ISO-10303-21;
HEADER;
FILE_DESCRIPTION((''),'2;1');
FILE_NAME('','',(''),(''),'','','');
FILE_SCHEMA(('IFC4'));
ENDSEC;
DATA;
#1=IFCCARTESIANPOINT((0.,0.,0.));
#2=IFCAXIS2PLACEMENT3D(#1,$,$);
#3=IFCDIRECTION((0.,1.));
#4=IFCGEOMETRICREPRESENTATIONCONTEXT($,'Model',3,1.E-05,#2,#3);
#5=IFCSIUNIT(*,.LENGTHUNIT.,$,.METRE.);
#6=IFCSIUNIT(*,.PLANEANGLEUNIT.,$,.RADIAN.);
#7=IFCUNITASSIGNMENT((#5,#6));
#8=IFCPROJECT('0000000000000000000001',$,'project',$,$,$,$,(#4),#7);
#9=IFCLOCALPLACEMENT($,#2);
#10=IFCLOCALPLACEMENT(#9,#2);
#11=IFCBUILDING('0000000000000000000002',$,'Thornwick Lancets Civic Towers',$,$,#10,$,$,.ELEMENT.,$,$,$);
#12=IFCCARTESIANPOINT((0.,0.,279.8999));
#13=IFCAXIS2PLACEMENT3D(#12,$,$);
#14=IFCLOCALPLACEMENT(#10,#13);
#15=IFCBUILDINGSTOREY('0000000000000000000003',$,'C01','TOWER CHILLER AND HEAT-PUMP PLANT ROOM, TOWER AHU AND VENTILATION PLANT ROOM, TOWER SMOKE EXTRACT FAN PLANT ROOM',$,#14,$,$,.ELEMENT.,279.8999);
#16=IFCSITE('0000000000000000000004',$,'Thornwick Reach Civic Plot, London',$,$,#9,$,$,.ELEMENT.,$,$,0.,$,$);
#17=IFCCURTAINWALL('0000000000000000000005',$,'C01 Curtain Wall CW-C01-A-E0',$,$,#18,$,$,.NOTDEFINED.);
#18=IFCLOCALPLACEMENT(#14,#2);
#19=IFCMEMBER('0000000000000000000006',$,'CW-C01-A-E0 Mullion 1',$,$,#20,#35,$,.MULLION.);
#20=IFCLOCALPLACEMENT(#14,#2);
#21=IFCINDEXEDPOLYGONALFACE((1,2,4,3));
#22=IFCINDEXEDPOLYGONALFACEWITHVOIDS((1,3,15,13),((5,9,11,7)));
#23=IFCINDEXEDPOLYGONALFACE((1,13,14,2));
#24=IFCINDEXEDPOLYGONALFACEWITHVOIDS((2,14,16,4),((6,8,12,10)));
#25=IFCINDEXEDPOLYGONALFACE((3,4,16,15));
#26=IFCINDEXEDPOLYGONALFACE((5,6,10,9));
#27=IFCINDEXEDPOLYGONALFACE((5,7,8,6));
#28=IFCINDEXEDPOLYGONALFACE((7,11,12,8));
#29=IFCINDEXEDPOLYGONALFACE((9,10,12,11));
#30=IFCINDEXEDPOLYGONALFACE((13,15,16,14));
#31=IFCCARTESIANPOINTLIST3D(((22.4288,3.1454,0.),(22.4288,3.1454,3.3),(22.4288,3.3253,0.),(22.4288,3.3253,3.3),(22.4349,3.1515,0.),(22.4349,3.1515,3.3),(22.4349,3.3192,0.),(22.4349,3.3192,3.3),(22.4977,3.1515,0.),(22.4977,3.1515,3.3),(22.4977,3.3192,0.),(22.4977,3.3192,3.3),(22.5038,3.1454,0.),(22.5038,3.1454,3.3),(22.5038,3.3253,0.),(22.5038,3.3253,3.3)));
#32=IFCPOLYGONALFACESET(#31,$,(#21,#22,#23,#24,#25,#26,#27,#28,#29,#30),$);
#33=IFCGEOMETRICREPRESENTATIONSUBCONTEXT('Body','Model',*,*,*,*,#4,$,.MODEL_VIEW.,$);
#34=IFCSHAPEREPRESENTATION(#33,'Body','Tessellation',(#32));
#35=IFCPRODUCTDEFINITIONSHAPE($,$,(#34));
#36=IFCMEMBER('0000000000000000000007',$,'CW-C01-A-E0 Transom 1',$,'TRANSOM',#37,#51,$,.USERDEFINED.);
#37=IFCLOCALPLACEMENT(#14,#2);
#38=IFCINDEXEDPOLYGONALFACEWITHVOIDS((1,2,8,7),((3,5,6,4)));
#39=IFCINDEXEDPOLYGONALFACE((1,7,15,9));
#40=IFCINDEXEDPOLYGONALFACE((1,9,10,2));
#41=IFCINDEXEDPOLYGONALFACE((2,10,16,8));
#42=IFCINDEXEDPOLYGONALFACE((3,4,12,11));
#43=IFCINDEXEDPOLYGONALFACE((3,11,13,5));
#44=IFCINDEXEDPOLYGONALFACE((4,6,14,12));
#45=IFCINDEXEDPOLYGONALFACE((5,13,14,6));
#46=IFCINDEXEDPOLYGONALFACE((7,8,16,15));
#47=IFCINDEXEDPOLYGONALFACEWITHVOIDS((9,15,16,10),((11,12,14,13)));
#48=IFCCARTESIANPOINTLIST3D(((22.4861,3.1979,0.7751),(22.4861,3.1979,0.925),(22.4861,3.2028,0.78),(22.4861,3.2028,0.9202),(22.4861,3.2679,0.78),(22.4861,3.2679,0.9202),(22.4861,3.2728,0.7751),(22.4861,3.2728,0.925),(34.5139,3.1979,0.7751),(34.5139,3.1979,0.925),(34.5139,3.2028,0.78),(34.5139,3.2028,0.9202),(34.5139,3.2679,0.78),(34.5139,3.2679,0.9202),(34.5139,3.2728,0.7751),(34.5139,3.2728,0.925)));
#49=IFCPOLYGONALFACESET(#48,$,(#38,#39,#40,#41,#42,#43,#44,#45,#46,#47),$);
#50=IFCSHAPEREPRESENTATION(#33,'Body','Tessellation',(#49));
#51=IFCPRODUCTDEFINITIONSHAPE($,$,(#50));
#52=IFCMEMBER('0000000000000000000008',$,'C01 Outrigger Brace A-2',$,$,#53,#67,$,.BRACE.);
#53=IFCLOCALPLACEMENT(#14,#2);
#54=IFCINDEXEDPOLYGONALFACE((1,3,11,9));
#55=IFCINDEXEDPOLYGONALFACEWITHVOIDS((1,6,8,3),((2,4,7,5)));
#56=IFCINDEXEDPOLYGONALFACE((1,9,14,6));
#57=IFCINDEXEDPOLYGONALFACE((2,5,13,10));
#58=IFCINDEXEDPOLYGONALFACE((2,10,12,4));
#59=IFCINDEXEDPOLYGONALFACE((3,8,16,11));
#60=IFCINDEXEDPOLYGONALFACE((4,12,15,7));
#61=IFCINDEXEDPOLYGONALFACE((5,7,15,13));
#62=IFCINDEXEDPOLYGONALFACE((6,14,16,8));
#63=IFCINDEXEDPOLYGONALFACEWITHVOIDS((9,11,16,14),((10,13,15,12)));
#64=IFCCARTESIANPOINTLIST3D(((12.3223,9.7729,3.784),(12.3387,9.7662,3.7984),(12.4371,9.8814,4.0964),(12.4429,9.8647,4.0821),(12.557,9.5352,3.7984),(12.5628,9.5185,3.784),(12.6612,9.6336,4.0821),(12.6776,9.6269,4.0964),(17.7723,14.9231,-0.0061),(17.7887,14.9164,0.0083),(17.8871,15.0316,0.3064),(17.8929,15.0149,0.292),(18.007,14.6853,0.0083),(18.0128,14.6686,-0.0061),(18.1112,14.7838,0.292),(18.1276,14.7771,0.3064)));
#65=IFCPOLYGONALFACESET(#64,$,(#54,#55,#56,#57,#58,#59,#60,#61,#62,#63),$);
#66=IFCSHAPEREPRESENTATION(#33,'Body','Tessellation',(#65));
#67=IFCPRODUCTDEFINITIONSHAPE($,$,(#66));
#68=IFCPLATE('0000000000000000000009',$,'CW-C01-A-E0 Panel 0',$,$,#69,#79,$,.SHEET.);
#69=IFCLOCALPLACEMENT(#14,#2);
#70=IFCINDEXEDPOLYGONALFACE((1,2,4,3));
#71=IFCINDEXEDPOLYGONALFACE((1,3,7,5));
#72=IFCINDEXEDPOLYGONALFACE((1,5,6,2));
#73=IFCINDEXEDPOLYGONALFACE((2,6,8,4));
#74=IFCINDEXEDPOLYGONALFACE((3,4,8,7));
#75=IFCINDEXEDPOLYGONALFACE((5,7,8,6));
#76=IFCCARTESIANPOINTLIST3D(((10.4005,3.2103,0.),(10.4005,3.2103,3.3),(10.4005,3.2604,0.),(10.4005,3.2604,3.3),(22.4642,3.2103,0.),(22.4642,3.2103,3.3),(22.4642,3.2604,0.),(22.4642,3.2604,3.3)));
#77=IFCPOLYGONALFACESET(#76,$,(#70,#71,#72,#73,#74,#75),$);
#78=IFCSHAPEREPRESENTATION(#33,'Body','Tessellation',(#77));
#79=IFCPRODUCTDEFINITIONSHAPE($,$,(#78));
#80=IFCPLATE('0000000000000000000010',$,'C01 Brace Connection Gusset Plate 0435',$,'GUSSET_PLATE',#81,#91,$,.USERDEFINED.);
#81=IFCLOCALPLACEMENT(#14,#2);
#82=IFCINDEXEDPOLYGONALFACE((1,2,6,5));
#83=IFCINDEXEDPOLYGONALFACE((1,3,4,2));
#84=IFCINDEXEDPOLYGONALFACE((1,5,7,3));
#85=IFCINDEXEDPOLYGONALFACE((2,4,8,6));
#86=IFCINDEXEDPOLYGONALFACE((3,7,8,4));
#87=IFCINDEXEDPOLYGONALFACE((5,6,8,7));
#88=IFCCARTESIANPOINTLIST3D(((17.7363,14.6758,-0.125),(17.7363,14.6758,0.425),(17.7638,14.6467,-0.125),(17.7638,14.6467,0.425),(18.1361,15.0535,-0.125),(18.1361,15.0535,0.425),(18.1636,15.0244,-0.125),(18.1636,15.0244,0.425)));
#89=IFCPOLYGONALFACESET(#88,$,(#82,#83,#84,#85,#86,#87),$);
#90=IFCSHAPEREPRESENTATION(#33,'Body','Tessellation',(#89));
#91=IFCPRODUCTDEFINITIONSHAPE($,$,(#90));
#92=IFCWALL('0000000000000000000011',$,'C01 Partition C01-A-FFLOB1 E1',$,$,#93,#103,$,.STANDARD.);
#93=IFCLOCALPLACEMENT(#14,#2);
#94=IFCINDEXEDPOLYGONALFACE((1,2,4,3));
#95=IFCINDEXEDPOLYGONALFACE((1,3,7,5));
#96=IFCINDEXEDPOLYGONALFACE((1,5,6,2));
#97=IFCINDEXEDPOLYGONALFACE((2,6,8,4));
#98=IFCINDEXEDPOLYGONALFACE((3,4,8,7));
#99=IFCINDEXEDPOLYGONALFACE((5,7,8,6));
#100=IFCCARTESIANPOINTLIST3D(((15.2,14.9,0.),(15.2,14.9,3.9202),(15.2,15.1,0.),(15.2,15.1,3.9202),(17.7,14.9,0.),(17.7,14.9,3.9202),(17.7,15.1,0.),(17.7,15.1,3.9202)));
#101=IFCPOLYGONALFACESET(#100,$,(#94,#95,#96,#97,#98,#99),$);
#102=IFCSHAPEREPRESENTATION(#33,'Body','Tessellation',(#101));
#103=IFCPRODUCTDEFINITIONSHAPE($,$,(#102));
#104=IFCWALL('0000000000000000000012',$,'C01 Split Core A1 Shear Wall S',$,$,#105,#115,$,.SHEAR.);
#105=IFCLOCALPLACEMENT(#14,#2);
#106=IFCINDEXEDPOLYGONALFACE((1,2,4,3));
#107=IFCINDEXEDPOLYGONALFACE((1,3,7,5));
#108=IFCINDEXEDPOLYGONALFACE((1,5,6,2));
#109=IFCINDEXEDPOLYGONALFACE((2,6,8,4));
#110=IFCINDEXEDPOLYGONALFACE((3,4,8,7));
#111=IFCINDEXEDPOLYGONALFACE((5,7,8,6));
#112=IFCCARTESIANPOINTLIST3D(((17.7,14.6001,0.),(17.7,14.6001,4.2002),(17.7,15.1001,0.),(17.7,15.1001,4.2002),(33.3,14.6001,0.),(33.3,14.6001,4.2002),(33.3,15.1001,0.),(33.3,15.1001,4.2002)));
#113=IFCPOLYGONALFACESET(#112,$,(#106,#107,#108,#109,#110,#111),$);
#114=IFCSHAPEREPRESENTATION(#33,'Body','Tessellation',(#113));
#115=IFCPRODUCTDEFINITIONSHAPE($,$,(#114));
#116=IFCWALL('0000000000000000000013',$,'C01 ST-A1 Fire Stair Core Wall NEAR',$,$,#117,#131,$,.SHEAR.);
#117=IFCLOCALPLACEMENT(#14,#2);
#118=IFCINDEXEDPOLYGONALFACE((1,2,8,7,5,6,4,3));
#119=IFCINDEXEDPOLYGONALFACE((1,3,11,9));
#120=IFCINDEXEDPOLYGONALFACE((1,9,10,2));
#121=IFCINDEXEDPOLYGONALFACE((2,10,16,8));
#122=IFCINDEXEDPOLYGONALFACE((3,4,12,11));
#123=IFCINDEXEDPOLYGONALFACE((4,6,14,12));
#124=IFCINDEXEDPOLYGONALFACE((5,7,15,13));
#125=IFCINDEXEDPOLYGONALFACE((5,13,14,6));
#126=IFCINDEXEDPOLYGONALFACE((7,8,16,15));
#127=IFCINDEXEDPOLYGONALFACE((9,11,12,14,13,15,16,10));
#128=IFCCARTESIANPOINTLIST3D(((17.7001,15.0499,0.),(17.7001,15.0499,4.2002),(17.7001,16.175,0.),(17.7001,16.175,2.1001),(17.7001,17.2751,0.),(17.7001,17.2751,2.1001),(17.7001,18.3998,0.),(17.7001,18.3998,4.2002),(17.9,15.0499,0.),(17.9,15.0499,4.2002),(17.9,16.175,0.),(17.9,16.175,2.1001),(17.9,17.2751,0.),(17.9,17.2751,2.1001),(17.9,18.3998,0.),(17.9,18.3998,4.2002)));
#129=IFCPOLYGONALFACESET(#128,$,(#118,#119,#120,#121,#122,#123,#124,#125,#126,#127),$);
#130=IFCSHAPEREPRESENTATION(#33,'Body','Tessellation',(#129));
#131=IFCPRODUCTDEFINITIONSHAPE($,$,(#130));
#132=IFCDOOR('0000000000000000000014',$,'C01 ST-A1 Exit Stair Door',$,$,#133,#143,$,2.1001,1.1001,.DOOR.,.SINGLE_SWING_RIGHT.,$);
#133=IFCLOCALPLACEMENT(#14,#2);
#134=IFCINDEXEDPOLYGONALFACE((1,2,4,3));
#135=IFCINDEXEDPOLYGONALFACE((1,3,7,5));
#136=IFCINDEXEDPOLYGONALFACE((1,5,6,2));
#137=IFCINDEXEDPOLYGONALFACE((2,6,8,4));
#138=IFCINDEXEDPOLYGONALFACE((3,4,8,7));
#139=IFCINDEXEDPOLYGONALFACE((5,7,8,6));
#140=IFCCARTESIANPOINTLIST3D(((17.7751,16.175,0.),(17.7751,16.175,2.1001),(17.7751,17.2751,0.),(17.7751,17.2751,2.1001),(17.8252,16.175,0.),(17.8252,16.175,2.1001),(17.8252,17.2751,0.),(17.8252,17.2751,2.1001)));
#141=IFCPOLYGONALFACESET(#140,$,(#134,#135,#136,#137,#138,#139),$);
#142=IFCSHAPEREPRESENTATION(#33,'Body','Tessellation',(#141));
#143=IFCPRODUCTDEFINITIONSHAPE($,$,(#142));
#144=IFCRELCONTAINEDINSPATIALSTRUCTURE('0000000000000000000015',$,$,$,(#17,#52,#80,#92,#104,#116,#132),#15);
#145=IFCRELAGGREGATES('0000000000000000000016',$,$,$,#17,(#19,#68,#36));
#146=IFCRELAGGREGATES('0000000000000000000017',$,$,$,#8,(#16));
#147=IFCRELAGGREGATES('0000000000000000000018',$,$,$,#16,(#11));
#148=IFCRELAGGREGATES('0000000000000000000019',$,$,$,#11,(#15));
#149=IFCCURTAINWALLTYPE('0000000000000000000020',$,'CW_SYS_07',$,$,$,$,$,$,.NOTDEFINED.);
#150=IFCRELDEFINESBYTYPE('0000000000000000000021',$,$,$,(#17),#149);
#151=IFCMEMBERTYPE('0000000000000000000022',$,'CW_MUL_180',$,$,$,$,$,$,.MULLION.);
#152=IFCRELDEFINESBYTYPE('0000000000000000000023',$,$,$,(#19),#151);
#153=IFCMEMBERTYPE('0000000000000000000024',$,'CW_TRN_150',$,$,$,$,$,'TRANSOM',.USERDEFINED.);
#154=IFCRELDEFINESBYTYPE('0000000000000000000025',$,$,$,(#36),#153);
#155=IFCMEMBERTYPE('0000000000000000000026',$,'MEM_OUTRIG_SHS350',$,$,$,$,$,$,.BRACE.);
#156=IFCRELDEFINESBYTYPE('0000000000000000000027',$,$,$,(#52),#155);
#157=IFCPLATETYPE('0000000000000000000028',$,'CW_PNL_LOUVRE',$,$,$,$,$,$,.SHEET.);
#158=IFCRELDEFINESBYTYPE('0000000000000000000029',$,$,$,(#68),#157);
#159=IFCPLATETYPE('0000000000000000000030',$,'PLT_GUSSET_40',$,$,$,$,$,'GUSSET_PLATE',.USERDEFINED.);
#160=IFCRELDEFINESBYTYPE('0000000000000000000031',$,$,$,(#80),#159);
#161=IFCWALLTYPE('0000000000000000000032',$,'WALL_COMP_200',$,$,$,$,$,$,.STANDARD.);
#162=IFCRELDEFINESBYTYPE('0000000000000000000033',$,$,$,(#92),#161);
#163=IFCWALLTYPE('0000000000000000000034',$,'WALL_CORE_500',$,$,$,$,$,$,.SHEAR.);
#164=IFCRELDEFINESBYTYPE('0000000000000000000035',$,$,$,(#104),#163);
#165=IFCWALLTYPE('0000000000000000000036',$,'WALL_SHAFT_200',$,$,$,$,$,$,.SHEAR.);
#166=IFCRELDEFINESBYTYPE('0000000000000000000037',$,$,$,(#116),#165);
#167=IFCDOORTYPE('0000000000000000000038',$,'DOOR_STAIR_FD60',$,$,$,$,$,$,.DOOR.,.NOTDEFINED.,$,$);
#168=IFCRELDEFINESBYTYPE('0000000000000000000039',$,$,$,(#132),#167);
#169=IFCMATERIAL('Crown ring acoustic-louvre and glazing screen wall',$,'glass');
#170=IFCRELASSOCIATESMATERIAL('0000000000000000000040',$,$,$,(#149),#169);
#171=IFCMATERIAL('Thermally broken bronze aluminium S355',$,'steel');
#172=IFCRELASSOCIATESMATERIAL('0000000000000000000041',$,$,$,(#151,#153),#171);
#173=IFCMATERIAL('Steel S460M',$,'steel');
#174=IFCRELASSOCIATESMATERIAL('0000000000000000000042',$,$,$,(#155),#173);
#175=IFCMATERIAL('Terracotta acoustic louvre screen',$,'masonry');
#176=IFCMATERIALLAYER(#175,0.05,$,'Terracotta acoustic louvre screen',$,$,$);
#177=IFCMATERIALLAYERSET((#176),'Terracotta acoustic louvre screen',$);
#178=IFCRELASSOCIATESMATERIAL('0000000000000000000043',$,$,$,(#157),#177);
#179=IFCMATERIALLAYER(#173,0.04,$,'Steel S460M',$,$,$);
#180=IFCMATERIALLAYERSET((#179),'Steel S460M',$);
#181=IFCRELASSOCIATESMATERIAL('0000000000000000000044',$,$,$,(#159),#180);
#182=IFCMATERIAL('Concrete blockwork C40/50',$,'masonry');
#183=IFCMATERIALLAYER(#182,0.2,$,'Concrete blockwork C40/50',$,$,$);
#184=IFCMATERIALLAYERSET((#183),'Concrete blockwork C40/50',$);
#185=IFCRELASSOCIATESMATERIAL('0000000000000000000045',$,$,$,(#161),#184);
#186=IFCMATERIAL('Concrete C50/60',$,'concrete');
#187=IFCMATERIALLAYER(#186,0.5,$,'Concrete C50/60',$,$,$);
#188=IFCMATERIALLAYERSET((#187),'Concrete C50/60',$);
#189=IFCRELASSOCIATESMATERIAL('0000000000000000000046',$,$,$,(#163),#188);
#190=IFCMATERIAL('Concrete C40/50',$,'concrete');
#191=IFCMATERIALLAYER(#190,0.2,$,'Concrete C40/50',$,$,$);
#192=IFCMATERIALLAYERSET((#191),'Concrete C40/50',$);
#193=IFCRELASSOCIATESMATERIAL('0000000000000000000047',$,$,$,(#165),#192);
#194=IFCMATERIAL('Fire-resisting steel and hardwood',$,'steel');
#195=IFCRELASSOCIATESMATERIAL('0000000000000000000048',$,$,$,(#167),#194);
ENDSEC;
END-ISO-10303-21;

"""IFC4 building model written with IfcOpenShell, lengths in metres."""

from ifc_helpers import new_model, si_unit, direction, frame, frame_2d, origin, origin_2d, place, context, subcontext, project, spatial, rectangle, hollow_rectangle, extrude, material, layer, layer_set, material_profile, profile_set, type_object, element, fill, aggregate, save


model = new_model("IFC4")

# Units and contexts
model_context = context("Model", 3, precision=1e-05, world=origin(), true_north=direction((0.0, 1.0)))
body_context = subcontext(model_context, "Body", "Model", "MODEL_VIEW")
ifc_project = project(units=[si_unit("LENGTHUNIT", "METRE"), si_unit("PLANEANGLEUNIT", "RADIAN")], contexts=[model_context])

# Site, building, storey
site_placement = place(None, origin())
site = spatial("IfcSite", under=ifc_project, at=site_placement, Name="Thornwick Reach Civic Plot, London", CompositionType="ELEMENT", RefElevation=0.0)
building_placement = place(site_placement, origin())
building = spatial("IfcBuilding", under=site, at=building_placement, Name="Thornwick Lancets Civic Towers", CompositionType="ELEMENT")
storey_placement = place(building_placement, frame((0.0, 0.0, 279.8999)))
storey = spatial("IfcBuildingStorey", under=building, at=storey_placement, Name="C01", Description="TOWER CHILLER AND HEAT-PUMP PLANT ROOM, TOWER AHU AND VENTILATION PLANT ROOM, TOWER SMOKE EXTRACT FAN PLANT ROOM", CompositionType="ELEMENT", Elevation=279.8999)

# Shared definitions
ifc_material_1 = material(Name="Concrete C50/60", Category="concrete")

# Curtain wall, members
ifc_material_2 = material(Name="Crown ring acoustic-louvre and glazing screen wall", Category="glass")
curtain_wall_type = type_object("IfcCurtainWallType", Name="CW_SYS_07", PredefinedType="NOTDEFINED", material=ifc_material_2)
curtain_wall_placement = place(storey_placement, origin())
curtain_wall = element("IfcCurtainWall", 1, at=curtain_wall_placement, inside=storey, type_object=curtain_wall_type, Name="C01 Curtain Wall CW-C01-A-E0", PredefinedType="NOTDEFINED")
ifc_material_3 = material(Name="Thermally broken bronze aluminium S355", Category="steel")
ifc_material_profile_1 = material_profile(ifc_material_3, hollow_rectangle(XDim=0.075, YDim=0.1799, WallThickness=0.0061, at=origin_2d()), Name="RHS 180x75x6")
ifc_profile_set_1 = profile_set([ifc_material_profile_1], Name="Thermally broken bronze aluminium S355")
member_type_1 = type_object("IfcMemberType", Name="CW_MUL_180", PredefinedType="MULLION", material=ifc_profile_set_1)
member_1_placement = place(storey_placement, frame((22.4663, 3.2354, 0.0), z_axis=(0.0, 0.0, 1.0), x_axis=(1.0, 0.0, 0.0)))
member_1 = element("IfcMember", 2, at=member_1_placement, type_object=member_type_1, Name="CW-C01-A-E0 Mullion 1", PredefinedType="MULLION", context=body_context, shape_type="SweptSolid", body=[
    extrude(hollow_rectangle(XDim=0.075, YDim=0.1799, WallThickness=0.0061, at=origin_2d()), origin(), (0.0, 0.0, 1.0), 3.3),
])
ifc_material_profile_2 = material_profile(ifc_material_3, hollow_rectangle(XDim=0.075, YDim=0.1499, WallThickness=0.0049, at=origin_2d()), Name="RHS 150x75x5")
ifc_profile_set_2 = profile_set([ifc_material_profile_2], Name="Thermally broken bronze aluminium S355")
member_type_2 = type_object("IfcMemberType", Name="CW_TRN_150", ElementType="TRANSOM", PredefinedType="USERDEFINED", material=ifc_profile_set_2)
member_2_placement = place(storey_placement, frame((22.4861, 3.2354, 0.8501), z_axis=(1.0, 0.0, 0.0), x_axis=(0.0, 1.0, 0.0)))
member_2 = element("IfcMember", 3, at=member_2_placement, type_object=member_type_2, Name="CW-C01-A-E0 Transom 1", ObjectType="TRANSOM", PredefinedType="USERDEFINED", context=body_context, shape_type="SweptSolid", body=[
    extrude(hollow_rectangle(XDim=0.075, YDim=0.1499, WallThickness=0.0049, at=origin_2d()), origin(), (0.0, 0.0, 1.0), 12.0278),
])

# Member
ifc_material_4 = material(Name="Steel S460M", Category="steel")
ifc_material_profile_3 = material_profile(ifc_material_4, hollow_rectangle(XDim=0.3501, YDim=0.3501, WallThickness=0.0161, at=origin_2d()), Name="SHS 350x350x16")
ifc_profile_set_3 = profile_set([ifc_material_profile_3], Name="Steel S460M")
member_type_3 = type_object("IfcMemberType", Name="MEM_OUTRIG_SHS350", PredefinedType="BRACE", material=ifc_profile_set_3)
member_3_placement = place(storey_placement, frame((17.95, 14.8501, 0.1501), z_axis=(-0.648664, -0.612981, 0.451098), x_axis=(0.686833, -0.726815, 0.0)))
element("IfcMember", 4, at=member_3_placement, inside=storey, type_object=member_type_3, Name="C01 Outrigger Brace A-2", PredefinedType="BRACE", context=body_context, shape_type="SweptSolid", body=[
    extrude(hollow_rectangle(XDim=0.3501, YDim=0.3501, WallThickness=0.0161, at=origin_2d()), origin(), (0.0, 0.0, 1.0), 8.4019),
])

# Plates
ifc_material_5 = material(Name="Terracotta acoustic louvre screen", Category="masonry")
ifc_layer_1 = layer(ifc_material_5, 0.05, Name="Terracotta acoustic louvre screen")
ifc_layer_set_1 = layer_set([ifc_layer_1], Name="Terracotta acoustic louvre screen")
plate_type_1 = type_object("IfcPlateType", Name="CW_PNL_LOUVRE", PredefinedType="SHEET", material=ifc_layer_set_1)
plate_1_placement = place(storey_placement, frame((16.4324, 3.2354, 0.0), z_axis=(0.0, 0.0, 1.0), x_axis=(1.0, 0.0, 0.0)))
plate_1 = element("IfcPlate", 5, at=plate_1_placement, type_object=plate_type_1, Name="CW-C01-A-E0 Panel 0", PredefinedType="SHEET", context=body_context, shape_type="SweptSolid", body=[
    extrude(rectangle(XDim=12.0637, YDim=0.05, at=origin_2d()), origin(), (0.0, 0.0, 1.0), 3.3),
])
aggregate(curtain_wall, [member_1, plate_1, member_2])
ifc_layer_2 = layer(ifc_material_4, 0.04, Name="Steel S460M")
ifc_layer_set_2 = layer_set([ifc_layer_2], Name="Steel S460M")
plate_type_2 = type_object("IfcPlateType", Name="PLT_GUSSET_40", ElementType="GUSSET_PLATE", PredefinedType="USERDEFINED", material=ifc_layer_set_2)
plate_2_placement = place(storey_placement, frame((17.95, 14.8501, -0.125), z_axis=(0.0, 0.0, 1.0), x_axis=(-0.726814, -0.686834, 0.0)))
element("IfcPlate", 6, at=plate_2_placement, inside=storey, type_object=plate_type_2, Name="C01 Brace Connection Gusset Plate 0435", ObjectType="GUSSET_PLATE", PredefinedType="USERDEFINED", context=body_context, shape_type="SweptSolid", body=[
    extrude(rectangle(XDim=0.55, YDim=0.04, at=origin_2d()), origin(), (0.0, 0.0, 1.0), 0.55),
])

# Walls
ifc_material_6 = material(Name="Concrete blockwork C40/50", Category="masonry")
ifc_layer_3 = layer(ifc_material_6, 0.2, Name="Concrete blockwork C40/50")
ifc_layer_set_3 = layer_set([ifc_layer_3], Name="Concrete blockwork C40/50")
wall_type_1 = type_object("IfcWallType", Name="WALL_COMP_200", PredefinedType="STANDARD", material=ifc_layer_set_3)
wall_1_placement = place(storey_placement, frame((15.2, 15.0, 0.0), z_axis=(0.0, 0.0, 1.0), x_axis=(1.0, 0.0, 0.0)))
element("IfcWall", 7, at=wall_1_placement, inside=storey, type_object=wall_type_1, Name="C01 Partition C01-A-FFLOB1 E1", PredefinedType="STANDARD", context=body_context, shape_type="SweptSolid", body=[
    extrude(rectangle(XDim=2.5, YDim=0.2, at=frame_2d((1.25, 0.0))), origin(), (0.0, 0.0, 1.0), 3.9202),
])
ifc_layer_4 = layer(ifc_material_1, 0.5, Name="Concrete C50/60")
ifc_layer_set_4 = layer_set([ifc_layer_4], Name="Concrete C50/60")
wall_type_2 = type_object("IfcWallType", Name="WALL_CORE_500", PredefinedType="SHEAR", material=ifc_layer_set_4)
wall_2_placement = place(storey_placement, frame((17.7, 14.8501, 0.0), z_axis=(0.0, 0.0, 1.0), x_axis=(1.0, 0.0, 0.0)))
element("IfcWall", 8, at=wall_2_placement, inside=storey, type_object=wall_type_2, Name="C01 Split Core A1 Shear Wall S", PredefinedType="SHEAR", context=body_context, shape_type="SweptSolid", body=[
    extrude(rectangle(XDim=15.6001, YDim=0.5, at=frame_2d((7.8, 0.0))), origin(), (0.0, 0.0, 1.0), 4.2002),
])

# Wall, opening, door
ifc_material_7 = material(Name="Concrete C40/50", Category="concrete")
ifc_layer_5 = layer(ifc_material_7, 0.2, Name="Concrete C40/50")
ifc_layer_set_5 = layer_set([ifc_layer_5], Name="Concrete C40/50")
wall_type_3 = type_object("IfcWallType", Name="WALL_SHAFT_200", PredefinedType="SHEAR", material=ifc_layer_set_5)
wall_3_placement = place(storey_placement, frame((17.8, 15.05, 0.0), z_axis=(0.0, 0.0, 1.0), x_axis=(0.0, 1.0, 0.0)))
wall_3 = element("IfcWall", 9, at=wall_3_placement, inside=storey, type_object=wall_type_3, Name="C01 ST-A1 Fire Stair Core Wall NEAR", PredefinedType="SHEAR", context=body_context, shape_type="SweptSolid", body=[
    extrude(rectangle(XDim=3.3499, YDim=0.2, at=frame_2d((1.6748, 0.0))), origin(), (0.0, 0.0, 1.0), 4.2002),
])
opening_placement = place(wall_3_placement, frame((1.125, 0.0, 0.0)))
opening = element("IfcOpeningElement", 10, at=opening_placement, cuts=wall_3, PredefinedType="OPENING", context=body_context, shape_type="SweptSolid", body=[
    extrude(rectangle(XDim=1.1001, YDim=2.1001, at=frame_2d((0.55, 1.05))), frame((0.0, 0.1099, 0.0), z_axis=(0.0, -1.0, 0.0), x_axis=(1.0, 0.0, 0.0)), (0.0, 0.0, 1.0), 0.22),
])
ifc_material_8 = material(Name="Fire-resisting steel and hardwood", Category="steel")
door_type = type_object("IfcDoorType", Name="DOOR_STAIR_FD60", OperationType="NOTDEFINED", PredefinedType="DOOR", material=ifc_material_8)
door_placement = place(opening_placement, origin())
door = element("IfcDoor", 11, at=door_placement, inside=storey, type_object=door_type, Name="C01 ST-A1 Exit Stair Door", OperationType="SINGLE_SWING_RIGHT", OverallHeight=2.1001, OverallWidth=1.1001, PredefinedType="DOOR", context=body_context, shape_type="SweptSolid", body=[
    extrude(rectangle(XDim=1.1001, YDim=2.1001, at=frame_2d((0.55, 1.05))), frame((0.0, 0.0249, 0.0), z_axis=(0.0, -1.0, 0.0), x_axis=(1.0, 0.0, 0.0)), (0.0, 0.0, 1.0), 0.05),
])
fill(opening, door)

save(model, "model.ifc")
